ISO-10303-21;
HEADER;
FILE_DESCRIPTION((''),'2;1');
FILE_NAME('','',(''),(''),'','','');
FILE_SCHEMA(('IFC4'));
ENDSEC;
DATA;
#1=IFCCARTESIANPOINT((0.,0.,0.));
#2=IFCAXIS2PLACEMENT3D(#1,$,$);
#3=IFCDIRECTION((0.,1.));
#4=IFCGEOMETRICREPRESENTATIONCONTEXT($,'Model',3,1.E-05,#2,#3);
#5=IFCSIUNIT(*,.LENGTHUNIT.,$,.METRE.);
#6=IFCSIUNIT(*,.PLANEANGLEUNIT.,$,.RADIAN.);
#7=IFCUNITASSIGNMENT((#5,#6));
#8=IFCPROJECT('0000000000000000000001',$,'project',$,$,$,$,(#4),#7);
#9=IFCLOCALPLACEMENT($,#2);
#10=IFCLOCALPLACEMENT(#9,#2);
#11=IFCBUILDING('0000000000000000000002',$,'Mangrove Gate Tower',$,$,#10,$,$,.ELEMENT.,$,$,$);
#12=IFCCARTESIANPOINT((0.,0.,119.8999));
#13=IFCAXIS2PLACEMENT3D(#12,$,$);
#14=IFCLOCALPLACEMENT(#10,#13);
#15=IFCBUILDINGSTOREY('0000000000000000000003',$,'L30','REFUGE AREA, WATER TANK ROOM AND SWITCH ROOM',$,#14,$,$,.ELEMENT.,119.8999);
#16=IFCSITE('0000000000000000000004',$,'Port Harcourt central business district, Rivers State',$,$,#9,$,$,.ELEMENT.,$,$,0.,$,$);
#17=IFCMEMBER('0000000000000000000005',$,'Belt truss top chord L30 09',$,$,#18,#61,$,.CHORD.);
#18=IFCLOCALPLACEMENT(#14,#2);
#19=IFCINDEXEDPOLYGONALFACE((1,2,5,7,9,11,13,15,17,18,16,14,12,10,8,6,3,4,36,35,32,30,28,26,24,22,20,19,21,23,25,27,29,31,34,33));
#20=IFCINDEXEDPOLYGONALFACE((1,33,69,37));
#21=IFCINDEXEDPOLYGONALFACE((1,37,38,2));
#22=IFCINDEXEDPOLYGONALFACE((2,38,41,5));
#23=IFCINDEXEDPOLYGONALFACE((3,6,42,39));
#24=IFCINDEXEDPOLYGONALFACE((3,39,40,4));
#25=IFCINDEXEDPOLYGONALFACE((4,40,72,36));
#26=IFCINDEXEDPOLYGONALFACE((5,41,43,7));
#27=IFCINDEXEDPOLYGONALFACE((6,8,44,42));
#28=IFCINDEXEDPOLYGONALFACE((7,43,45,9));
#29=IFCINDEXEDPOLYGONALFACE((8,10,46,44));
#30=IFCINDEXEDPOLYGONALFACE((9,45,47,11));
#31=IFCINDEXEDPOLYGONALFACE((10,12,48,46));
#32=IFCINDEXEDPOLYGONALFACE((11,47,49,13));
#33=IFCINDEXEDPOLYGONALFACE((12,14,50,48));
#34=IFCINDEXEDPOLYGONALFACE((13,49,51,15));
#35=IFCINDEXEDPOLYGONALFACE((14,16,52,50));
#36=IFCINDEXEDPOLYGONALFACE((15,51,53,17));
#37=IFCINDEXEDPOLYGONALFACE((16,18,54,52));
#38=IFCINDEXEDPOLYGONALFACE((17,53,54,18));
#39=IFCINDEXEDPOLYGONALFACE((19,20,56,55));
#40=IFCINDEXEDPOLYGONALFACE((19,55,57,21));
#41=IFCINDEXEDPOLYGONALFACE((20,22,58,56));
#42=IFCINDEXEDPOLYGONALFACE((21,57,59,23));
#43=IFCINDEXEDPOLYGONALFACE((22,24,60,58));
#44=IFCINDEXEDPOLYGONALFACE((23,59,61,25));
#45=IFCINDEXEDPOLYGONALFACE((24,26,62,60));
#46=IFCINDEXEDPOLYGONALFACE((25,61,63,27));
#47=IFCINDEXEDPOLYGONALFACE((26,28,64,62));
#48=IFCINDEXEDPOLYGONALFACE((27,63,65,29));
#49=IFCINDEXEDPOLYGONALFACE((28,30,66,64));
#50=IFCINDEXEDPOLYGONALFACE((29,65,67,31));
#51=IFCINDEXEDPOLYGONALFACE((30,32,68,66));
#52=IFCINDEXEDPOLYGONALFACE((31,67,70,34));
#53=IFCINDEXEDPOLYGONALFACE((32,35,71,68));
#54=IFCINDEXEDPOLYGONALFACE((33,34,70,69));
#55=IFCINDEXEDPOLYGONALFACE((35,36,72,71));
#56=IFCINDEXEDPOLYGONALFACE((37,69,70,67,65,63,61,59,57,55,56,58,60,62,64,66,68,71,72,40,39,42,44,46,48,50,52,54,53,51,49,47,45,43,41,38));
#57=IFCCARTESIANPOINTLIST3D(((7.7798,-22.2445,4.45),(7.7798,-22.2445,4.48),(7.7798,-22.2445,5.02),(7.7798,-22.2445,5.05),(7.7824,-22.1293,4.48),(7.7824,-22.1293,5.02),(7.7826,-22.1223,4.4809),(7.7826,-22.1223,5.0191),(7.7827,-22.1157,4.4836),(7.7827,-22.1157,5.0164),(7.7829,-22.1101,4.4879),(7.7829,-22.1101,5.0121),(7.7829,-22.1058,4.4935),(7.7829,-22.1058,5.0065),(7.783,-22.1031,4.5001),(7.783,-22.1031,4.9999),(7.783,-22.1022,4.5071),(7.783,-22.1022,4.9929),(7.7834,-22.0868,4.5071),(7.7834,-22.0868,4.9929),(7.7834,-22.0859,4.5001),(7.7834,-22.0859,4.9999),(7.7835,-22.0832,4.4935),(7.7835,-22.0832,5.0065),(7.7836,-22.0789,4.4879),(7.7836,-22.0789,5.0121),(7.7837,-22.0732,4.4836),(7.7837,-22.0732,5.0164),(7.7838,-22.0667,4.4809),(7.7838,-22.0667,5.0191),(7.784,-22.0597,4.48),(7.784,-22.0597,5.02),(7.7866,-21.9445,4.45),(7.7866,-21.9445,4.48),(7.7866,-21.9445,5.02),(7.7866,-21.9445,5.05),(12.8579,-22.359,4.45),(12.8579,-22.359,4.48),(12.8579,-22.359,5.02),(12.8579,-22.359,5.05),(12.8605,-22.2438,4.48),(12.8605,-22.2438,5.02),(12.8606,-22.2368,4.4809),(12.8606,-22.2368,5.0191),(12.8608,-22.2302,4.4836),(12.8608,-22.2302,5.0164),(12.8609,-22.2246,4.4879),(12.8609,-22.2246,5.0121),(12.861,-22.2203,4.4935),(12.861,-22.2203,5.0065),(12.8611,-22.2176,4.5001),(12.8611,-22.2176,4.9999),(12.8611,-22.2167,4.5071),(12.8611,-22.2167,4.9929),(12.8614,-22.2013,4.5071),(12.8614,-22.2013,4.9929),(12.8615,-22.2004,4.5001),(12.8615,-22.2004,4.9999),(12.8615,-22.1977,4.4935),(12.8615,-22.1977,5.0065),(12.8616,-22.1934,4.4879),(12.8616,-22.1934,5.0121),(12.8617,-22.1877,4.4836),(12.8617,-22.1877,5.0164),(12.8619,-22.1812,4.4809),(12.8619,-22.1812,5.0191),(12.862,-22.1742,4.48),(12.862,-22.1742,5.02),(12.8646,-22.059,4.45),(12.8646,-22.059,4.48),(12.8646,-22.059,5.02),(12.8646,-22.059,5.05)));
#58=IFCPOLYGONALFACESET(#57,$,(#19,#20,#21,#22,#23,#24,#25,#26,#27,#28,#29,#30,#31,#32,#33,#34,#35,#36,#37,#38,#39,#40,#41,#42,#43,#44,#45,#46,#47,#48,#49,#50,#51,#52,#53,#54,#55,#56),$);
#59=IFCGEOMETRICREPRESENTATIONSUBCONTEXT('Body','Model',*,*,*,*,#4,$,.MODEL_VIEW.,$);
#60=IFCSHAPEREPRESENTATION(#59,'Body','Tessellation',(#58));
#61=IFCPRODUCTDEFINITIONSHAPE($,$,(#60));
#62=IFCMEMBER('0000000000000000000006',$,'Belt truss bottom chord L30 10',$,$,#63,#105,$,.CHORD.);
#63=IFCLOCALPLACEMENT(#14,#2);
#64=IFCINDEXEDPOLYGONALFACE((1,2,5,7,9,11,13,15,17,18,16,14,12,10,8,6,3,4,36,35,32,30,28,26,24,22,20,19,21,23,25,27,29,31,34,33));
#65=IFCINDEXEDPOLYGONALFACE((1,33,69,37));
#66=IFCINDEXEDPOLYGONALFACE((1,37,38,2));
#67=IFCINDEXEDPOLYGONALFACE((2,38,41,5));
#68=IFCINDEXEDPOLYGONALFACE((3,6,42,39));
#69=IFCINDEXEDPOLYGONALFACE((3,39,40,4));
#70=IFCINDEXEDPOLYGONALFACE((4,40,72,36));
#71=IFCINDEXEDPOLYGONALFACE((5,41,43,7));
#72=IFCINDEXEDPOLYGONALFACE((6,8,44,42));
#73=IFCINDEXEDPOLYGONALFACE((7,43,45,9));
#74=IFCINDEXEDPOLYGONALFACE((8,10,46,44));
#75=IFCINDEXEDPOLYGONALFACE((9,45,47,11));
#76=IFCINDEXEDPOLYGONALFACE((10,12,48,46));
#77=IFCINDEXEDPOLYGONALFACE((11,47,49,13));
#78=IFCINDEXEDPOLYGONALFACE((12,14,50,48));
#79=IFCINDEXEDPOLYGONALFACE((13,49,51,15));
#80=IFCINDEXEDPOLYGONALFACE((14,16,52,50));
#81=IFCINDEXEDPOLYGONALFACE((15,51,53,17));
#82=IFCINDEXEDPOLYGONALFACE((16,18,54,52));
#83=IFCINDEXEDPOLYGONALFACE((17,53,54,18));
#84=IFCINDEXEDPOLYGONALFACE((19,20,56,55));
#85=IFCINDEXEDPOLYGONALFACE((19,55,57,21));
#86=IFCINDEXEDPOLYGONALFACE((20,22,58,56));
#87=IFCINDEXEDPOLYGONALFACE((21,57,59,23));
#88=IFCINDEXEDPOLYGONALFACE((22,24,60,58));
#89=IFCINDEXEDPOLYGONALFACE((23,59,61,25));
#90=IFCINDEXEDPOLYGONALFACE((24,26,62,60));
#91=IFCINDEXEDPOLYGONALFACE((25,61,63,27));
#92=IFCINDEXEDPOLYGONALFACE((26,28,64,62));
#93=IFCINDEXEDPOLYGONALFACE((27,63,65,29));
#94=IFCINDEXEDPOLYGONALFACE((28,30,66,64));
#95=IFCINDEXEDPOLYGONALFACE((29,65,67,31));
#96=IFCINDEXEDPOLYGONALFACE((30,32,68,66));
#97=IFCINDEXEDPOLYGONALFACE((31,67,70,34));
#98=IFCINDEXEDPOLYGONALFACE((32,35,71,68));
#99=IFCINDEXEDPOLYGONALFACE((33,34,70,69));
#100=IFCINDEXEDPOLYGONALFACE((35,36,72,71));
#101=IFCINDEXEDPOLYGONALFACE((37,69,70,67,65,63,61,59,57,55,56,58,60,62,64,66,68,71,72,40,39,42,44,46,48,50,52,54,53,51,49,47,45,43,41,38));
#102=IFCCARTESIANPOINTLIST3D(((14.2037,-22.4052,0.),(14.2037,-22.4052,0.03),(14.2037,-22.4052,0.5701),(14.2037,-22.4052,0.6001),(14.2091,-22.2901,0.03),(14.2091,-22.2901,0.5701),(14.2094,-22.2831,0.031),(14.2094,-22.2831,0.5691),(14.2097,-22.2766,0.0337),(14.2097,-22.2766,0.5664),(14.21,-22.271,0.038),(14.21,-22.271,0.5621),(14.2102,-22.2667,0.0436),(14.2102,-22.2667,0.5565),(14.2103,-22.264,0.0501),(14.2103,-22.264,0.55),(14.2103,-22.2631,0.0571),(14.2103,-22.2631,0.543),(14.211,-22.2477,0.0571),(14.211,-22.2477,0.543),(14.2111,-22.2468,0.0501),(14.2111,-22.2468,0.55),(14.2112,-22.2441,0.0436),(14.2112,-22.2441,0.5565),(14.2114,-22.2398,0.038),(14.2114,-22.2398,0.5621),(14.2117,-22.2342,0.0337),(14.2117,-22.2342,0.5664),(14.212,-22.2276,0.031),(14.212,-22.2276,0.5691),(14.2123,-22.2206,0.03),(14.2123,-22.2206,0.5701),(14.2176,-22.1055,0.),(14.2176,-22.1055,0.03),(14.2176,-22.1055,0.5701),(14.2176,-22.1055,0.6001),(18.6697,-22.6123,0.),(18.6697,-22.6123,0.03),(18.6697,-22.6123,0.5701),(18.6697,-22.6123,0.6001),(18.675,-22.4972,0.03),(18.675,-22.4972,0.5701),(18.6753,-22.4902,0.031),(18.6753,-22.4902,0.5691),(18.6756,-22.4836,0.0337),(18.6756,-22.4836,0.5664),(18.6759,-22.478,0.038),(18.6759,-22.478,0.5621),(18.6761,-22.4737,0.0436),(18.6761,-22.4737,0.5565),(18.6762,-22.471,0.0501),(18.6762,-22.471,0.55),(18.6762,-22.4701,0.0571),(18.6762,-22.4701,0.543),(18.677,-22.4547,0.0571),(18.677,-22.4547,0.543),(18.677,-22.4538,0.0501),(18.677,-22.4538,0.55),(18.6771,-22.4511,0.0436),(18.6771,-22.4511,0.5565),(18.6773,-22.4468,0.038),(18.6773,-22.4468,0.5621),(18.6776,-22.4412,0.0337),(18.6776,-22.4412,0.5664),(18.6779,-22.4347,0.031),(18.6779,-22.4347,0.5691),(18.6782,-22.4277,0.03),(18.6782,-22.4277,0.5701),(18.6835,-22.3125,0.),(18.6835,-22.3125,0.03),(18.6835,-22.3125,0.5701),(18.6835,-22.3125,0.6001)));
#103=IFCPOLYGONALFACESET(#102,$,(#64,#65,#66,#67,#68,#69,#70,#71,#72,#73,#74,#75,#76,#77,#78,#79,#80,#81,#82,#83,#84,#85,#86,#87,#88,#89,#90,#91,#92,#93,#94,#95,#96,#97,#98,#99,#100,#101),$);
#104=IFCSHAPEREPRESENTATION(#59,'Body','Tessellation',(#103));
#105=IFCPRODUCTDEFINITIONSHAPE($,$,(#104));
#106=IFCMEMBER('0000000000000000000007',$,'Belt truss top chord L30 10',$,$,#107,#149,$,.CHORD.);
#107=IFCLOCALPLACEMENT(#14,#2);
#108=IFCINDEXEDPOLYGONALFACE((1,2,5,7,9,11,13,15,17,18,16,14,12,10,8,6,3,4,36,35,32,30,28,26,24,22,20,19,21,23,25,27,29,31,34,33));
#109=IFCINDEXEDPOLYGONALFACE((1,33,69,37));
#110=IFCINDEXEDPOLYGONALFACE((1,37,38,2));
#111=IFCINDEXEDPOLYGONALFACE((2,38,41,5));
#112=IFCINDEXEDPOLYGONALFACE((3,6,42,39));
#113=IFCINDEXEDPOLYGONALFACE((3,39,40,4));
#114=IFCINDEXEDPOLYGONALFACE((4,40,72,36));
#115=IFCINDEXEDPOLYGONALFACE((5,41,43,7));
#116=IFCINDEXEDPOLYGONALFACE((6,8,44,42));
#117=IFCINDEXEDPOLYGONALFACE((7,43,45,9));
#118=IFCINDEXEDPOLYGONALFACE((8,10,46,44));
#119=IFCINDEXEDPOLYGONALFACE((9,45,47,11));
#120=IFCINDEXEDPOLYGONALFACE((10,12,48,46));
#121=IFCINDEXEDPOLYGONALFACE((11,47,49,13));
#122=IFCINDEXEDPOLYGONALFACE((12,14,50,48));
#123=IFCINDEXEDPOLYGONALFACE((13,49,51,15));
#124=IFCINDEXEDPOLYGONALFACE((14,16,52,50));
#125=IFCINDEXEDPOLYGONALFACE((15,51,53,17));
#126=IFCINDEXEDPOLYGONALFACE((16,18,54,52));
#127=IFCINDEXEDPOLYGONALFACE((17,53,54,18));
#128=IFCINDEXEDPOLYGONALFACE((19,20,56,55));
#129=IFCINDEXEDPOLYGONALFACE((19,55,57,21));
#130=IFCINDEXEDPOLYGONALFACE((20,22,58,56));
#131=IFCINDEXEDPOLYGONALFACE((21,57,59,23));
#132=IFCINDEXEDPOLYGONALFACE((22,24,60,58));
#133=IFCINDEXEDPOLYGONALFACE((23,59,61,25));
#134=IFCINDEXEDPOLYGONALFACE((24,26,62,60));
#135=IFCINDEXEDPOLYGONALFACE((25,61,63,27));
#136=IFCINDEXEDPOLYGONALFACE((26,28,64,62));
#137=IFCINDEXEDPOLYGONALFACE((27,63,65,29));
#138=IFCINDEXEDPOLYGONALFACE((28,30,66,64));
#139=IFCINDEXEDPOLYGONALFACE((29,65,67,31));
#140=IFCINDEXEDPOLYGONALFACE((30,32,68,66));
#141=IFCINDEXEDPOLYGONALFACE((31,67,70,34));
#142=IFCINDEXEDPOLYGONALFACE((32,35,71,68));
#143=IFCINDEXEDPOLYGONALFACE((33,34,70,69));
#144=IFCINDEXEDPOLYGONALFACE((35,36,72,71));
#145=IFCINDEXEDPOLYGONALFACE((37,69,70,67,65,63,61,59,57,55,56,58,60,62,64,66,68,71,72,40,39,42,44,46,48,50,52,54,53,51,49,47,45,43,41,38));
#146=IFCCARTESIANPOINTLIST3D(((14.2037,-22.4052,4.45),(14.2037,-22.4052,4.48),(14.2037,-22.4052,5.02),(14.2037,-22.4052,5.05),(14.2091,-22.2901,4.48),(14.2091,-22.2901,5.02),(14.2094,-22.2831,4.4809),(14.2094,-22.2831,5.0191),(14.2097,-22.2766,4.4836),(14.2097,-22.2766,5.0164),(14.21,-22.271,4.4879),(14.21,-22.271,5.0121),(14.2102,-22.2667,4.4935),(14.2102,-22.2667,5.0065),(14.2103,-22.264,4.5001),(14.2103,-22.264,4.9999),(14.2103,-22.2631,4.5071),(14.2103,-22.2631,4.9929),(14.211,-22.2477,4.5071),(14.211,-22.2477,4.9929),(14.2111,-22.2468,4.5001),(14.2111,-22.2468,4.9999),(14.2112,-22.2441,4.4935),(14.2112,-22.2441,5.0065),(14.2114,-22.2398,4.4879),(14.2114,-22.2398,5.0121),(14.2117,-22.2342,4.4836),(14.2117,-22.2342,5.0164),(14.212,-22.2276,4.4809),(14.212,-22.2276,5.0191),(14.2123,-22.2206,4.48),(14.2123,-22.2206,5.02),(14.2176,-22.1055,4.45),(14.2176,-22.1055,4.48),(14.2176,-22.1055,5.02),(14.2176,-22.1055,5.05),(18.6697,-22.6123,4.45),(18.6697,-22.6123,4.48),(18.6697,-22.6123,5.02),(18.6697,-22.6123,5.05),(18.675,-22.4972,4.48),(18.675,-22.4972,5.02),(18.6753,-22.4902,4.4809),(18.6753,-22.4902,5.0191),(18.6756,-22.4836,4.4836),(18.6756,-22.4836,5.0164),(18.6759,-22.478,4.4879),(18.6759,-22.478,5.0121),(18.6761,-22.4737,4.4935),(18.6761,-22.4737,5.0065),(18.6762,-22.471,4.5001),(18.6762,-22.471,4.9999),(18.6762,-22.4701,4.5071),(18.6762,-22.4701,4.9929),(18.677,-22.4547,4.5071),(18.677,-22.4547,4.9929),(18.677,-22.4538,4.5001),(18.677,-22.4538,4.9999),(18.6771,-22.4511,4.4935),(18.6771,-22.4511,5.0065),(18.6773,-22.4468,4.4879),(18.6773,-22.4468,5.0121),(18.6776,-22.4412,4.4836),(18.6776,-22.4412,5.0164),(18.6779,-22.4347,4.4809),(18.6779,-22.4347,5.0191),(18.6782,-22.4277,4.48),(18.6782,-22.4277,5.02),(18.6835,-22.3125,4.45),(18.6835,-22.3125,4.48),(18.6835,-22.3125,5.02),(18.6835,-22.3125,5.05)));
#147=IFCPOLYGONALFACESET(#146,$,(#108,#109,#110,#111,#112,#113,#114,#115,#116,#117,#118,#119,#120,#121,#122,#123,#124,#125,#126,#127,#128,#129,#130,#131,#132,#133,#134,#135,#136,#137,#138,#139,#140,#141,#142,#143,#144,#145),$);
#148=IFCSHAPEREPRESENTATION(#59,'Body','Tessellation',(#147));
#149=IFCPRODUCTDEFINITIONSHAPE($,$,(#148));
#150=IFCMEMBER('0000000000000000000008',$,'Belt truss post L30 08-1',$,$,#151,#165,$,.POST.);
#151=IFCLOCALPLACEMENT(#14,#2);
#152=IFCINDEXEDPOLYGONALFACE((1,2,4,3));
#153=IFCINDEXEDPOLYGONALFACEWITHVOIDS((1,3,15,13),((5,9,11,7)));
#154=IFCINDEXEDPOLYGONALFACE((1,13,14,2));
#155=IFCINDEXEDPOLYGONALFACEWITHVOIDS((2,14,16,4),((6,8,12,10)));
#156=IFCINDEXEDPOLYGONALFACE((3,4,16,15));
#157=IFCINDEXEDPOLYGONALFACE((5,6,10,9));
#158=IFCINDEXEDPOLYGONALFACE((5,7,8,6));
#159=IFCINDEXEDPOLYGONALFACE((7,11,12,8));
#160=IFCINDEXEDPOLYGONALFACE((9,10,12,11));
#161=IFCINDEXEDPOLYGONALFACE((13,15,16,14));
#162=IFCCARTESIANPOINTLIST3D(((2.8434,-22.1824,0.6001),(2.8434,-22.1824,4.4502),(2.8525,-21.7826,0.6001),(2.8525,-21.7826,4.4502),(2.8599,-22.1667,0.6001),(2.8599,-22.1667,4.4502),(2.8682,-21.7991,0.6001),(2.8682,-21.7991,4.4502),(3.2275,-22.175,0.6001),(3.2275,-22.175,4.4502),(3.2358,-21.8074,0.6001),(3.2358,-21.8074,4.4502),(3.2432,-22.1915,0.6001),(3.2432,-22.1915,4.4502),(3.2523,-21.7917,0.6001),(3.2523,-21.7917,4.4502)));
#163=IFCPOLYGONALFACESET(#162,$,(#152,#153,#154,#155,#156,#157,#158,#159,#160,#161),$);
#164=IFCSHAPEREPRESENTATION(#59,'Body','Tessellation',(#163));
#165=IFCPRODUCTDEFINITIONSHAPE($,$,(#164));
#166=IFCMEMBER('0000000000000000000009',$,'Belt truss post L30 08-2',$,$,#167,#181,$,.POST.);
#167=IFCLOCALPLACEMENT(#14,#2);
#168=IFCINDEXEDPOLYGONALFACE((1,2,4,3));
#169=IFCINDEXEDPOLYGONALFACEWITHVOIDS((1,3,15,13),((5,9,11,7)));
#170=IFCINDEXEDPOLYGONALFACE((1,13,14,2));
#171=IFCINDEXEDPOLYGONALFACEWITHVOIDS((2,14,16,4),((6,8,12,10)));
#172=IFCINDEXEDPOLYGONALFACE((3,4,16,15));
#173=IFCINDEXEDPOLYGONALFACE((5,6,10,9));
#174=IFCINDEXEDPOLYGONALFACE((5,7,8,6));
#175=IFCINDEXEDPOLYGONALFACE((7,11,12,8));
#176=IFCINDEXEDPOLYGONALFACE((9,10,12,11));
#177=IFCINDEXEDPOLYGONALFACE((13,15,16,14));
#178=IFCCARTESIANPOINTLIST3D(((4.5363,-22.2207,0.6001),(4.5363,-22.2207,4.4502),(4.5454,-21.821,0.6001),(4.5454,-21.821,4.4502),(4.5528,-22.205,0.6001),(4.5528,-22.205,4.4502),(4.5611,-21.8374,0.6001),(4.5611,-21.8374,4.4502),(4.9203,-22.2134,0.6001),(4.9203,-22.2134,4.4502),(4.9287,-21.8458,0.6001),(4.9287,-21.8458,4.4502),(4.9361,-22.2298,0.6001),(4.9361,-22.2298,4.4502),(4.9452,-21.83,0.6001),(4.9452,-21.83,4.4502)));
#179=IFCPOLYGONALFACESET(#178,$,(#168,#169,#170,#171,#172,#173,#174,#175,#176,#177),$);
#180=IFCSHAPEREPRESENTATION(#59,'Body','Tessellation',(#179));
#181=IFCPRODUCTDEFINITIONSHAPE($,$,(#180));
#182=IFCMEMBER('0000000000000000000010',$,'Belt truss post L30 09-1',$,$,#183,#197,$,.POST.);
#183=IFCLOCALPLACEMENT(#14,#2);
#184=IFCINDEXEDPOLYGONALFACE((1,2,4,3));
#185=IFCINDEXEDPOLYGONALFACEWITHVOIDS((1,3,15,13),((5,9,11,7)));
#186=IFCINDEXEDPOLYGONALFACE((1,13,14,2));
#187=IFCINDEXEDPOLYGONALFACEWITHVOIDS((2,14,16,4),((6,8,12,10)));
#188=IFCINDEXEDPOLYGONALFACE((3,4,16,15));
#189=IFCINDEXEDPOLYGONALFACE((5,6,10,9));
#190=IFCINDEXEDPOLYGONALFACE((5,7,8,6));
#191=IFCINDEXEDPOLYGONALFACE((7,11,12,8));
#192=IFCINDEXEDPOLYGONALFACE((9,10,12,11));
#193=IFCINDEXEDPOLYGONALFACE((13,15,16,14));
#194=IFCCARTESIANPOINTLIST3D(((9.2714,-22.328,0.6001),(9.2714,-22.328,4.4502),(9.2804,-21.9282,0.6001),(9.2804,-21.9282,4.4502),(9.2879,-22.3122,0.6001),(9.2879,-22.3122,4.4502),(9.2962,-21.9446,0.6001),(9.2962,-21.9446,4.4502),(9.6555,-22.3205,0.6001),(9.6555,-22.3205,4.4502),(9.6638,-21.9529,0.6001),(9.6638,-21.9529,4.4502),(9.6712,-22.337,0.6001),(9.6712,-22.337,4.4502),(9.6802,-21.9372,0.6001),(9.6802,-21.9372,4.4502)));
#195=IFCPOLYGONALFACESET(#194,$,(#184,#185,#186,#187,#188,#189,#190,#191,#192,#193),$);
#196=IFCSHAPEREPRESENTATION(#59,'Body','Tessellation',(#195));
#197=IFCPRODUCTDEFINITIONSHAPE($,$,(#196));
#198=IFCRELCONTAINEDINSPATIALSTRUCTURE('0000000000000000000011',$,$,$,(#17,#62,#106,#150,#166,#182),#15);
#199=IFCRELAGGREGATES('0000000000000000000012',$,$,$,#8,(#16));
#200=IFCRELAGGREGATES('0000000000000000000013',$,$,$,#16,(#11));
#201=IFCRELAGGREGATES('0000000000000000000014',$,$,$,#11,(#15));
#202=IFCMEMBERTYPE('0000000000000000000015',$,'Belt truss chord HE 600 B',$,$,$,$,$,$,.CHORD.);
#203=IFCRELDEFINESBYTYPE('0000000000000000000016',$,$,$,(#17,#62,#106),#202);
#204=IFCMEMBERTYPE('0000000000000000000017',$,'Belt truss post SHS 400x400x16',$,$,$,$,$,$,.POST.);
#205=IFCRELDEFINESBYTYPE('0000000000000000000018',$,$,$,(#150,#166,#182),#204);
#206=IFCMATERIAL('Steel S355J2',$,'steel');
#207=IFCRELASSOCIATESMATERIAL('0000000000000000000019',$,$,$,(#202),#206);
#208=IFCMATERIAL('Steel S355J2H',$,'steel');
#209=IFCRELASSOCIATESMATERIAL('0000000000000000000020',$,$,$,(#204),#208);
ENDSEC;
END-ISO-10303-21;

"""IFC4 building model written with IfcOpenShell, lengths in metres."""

from ifc_helpers import new_model, si_unit, direction, frame, origin, origin_2d, place, context, subcontext, project, spatial, hollow_rectangle, i_section, extrude, material, material_profile, profile_set, type_object, element, save


model = new_model("IFC4")

# Units and contexts
model_context = context("Model", 3, precision=1e-05, world=origin(), true_north=direction((0.0, 1.0)))
body_context = subcontext(model_context, "Body", "Model", "MODEL_VIEW")
ifc_project = project(units=[si_unit("LENGTHUNIT", "METRE"), si_unit("PLANEANGLEUNIT", "RADIAN")], contexts=[model_context])

# Site, building, storey
site_placement = place(None, origin())
site = spatial("IfcSite", under=ifc_project, at=site_placement, Name="Port Harcourt central business district, Rivers State", CompositionType="ELEMENT", RefElevation=0.0)
building_placement = place(site_placement, origin())
building = spatial("IfcBuilding", under=site, at=building_placement, Name="Mangrove Gate Tower", CompositionType="ELEMENT")
storey_placement = place(building_placement, frame((0.0, 0.0, 119.8999)))
storey = spatial("IfcBuildingStorey", under=building, at=storey_placement, Name="L30", Description="REFUGE AREA, WATER TANK ROOM AND SWITCH ROOM", CompositionType="ELEMENT", Elevation=119.8999)

# Members
ifc_material_1 = material(Name="Steel S355J2", Category="steel")
ifc_material_profile_1 = material_profile(ifc_material_1, i_section(OverallWidth=0.3, OverallDepth=0.6001, WebThickness=0.0154, FlangeThickness=0.03, FilletRadius=0.0271, at=origin_2d()))
ifc_profile_set_1 = profile_set([ifc_material_profile_1], Name="Steel S355J2")
member_type_1 = type_object("IfcMemberType", Name="Belt truss chord HE 600 B", PredefinedType="CHORD", material=ifc_profile_set_1)
for number, where, z_axis, x_axis, name in (
    (1, (7.7832, -22.0945, 4.75), (0.999746, -0.022542, 0.0), (0.022542, 0.999746, 0.0), "Belt truss top chord L30 09"),
):
    element("IfcMember", number, at=place(storey_placement, frame(where, z_axis=z_axis, x_axis=x_axis)), inside=storey, type_object=member_type_1, Name=name, PredefinedType="CHORD", context=body_context, shape_type="SweptSolid", body=[
        extrude(i_section(OverallWidth=0.3, OverallDepth=0.6001, WebThickness=0.0154, FlangeThickness=0.03, FilletRadius=0.0271, at=origin_2d()), origin(), (0.0, 0.0, 1.0), 5.0793),
    ])
for number, where, z_axis, x_axis, name in (
    (2, (14.2107, -22.2554, 0.3), (0.998927, -0.046309, 0.0), (0.046309, 0.998927, 0.0), "Belt truss bottom chord L30 10"),
    (3, (14.2107, -22.2554, 4.75), (0.998927, -0.046309, 0.0), (0.046309, 0.998927, 0.0), "Belt truss top chord L30 10"),
):
    element("IfcMember", number, at=place(storey_placement, frame(where, z_axis=z_axis, x_axis=x_axis)), inside=storey, type_object=member_type_1, Name=name, PredefinedType="CHORD", context=body_context, shape_type="SweptSolid", body=[
        extrude(i_section(OverallWidth=0.3, OverallDepth=0.6001, WebThickness=0.0154, FlangeThickness=0.03, FilletRadius=0.0271, at=origin_2d()), origin(), (0.0, 0.0, 1.0), 4.4707),
    ])
ifc_material_2 = material(Name="Steel S355J2H", Category="steel")
ifc_material_profile_2 = material_profile(ifc_material_2, hollow_rectangle(XDim=0.3999, YDim=0.3999, WallThickness=0.0161, at=origin_2d()))
ifc_profile_set_2 = profile_set([ifc_material_profile_2], Name="Steel S355J2H")
member_type_2 = type_object("IfcMemberType", Name="Belt truss post SHS 400x400x16", PredefinedType="POST", material=ifc_profile_set_2)
for number, where, z_axis, x_axis, name in (
    (4, (3.0479, -21.9871, 0.6001), (0.0, 0.0, 1.0), (0.999742, -0.022707, 0.0), "Belt truss post L30 08-1"),
    (5, (4.7407, -22.0254, 0.6001), (0.0, 0.0, 1.0), (0.999742, -0.022707, 0.0), "Belt truss post L30 08-2"),
    (6, (9.4758, -22.1326, 0.6001), (0.0, 0.0, 1.0), (0.999746, -0.022552, 0.0), "Belt truss post L30 09-1"),
):
    element("IfcMember", number, at=place(storey_placement, frame(where, z_axis=z_axis, x_axis=x_axis)), inside=storey, type_object=member_type_2, Name=name, PredefinedType="POST", context=body_context, shape_type="SweptSolid", body=[
        extrude(hollow_rectangle(XDim=0.3999, YDim=0.3999, WallThickness=0.0161, at=origin_2d()), origin(), (0.0, 0.0, 1.0), 3.8501),
    ])

save(model, "model.ifc")
